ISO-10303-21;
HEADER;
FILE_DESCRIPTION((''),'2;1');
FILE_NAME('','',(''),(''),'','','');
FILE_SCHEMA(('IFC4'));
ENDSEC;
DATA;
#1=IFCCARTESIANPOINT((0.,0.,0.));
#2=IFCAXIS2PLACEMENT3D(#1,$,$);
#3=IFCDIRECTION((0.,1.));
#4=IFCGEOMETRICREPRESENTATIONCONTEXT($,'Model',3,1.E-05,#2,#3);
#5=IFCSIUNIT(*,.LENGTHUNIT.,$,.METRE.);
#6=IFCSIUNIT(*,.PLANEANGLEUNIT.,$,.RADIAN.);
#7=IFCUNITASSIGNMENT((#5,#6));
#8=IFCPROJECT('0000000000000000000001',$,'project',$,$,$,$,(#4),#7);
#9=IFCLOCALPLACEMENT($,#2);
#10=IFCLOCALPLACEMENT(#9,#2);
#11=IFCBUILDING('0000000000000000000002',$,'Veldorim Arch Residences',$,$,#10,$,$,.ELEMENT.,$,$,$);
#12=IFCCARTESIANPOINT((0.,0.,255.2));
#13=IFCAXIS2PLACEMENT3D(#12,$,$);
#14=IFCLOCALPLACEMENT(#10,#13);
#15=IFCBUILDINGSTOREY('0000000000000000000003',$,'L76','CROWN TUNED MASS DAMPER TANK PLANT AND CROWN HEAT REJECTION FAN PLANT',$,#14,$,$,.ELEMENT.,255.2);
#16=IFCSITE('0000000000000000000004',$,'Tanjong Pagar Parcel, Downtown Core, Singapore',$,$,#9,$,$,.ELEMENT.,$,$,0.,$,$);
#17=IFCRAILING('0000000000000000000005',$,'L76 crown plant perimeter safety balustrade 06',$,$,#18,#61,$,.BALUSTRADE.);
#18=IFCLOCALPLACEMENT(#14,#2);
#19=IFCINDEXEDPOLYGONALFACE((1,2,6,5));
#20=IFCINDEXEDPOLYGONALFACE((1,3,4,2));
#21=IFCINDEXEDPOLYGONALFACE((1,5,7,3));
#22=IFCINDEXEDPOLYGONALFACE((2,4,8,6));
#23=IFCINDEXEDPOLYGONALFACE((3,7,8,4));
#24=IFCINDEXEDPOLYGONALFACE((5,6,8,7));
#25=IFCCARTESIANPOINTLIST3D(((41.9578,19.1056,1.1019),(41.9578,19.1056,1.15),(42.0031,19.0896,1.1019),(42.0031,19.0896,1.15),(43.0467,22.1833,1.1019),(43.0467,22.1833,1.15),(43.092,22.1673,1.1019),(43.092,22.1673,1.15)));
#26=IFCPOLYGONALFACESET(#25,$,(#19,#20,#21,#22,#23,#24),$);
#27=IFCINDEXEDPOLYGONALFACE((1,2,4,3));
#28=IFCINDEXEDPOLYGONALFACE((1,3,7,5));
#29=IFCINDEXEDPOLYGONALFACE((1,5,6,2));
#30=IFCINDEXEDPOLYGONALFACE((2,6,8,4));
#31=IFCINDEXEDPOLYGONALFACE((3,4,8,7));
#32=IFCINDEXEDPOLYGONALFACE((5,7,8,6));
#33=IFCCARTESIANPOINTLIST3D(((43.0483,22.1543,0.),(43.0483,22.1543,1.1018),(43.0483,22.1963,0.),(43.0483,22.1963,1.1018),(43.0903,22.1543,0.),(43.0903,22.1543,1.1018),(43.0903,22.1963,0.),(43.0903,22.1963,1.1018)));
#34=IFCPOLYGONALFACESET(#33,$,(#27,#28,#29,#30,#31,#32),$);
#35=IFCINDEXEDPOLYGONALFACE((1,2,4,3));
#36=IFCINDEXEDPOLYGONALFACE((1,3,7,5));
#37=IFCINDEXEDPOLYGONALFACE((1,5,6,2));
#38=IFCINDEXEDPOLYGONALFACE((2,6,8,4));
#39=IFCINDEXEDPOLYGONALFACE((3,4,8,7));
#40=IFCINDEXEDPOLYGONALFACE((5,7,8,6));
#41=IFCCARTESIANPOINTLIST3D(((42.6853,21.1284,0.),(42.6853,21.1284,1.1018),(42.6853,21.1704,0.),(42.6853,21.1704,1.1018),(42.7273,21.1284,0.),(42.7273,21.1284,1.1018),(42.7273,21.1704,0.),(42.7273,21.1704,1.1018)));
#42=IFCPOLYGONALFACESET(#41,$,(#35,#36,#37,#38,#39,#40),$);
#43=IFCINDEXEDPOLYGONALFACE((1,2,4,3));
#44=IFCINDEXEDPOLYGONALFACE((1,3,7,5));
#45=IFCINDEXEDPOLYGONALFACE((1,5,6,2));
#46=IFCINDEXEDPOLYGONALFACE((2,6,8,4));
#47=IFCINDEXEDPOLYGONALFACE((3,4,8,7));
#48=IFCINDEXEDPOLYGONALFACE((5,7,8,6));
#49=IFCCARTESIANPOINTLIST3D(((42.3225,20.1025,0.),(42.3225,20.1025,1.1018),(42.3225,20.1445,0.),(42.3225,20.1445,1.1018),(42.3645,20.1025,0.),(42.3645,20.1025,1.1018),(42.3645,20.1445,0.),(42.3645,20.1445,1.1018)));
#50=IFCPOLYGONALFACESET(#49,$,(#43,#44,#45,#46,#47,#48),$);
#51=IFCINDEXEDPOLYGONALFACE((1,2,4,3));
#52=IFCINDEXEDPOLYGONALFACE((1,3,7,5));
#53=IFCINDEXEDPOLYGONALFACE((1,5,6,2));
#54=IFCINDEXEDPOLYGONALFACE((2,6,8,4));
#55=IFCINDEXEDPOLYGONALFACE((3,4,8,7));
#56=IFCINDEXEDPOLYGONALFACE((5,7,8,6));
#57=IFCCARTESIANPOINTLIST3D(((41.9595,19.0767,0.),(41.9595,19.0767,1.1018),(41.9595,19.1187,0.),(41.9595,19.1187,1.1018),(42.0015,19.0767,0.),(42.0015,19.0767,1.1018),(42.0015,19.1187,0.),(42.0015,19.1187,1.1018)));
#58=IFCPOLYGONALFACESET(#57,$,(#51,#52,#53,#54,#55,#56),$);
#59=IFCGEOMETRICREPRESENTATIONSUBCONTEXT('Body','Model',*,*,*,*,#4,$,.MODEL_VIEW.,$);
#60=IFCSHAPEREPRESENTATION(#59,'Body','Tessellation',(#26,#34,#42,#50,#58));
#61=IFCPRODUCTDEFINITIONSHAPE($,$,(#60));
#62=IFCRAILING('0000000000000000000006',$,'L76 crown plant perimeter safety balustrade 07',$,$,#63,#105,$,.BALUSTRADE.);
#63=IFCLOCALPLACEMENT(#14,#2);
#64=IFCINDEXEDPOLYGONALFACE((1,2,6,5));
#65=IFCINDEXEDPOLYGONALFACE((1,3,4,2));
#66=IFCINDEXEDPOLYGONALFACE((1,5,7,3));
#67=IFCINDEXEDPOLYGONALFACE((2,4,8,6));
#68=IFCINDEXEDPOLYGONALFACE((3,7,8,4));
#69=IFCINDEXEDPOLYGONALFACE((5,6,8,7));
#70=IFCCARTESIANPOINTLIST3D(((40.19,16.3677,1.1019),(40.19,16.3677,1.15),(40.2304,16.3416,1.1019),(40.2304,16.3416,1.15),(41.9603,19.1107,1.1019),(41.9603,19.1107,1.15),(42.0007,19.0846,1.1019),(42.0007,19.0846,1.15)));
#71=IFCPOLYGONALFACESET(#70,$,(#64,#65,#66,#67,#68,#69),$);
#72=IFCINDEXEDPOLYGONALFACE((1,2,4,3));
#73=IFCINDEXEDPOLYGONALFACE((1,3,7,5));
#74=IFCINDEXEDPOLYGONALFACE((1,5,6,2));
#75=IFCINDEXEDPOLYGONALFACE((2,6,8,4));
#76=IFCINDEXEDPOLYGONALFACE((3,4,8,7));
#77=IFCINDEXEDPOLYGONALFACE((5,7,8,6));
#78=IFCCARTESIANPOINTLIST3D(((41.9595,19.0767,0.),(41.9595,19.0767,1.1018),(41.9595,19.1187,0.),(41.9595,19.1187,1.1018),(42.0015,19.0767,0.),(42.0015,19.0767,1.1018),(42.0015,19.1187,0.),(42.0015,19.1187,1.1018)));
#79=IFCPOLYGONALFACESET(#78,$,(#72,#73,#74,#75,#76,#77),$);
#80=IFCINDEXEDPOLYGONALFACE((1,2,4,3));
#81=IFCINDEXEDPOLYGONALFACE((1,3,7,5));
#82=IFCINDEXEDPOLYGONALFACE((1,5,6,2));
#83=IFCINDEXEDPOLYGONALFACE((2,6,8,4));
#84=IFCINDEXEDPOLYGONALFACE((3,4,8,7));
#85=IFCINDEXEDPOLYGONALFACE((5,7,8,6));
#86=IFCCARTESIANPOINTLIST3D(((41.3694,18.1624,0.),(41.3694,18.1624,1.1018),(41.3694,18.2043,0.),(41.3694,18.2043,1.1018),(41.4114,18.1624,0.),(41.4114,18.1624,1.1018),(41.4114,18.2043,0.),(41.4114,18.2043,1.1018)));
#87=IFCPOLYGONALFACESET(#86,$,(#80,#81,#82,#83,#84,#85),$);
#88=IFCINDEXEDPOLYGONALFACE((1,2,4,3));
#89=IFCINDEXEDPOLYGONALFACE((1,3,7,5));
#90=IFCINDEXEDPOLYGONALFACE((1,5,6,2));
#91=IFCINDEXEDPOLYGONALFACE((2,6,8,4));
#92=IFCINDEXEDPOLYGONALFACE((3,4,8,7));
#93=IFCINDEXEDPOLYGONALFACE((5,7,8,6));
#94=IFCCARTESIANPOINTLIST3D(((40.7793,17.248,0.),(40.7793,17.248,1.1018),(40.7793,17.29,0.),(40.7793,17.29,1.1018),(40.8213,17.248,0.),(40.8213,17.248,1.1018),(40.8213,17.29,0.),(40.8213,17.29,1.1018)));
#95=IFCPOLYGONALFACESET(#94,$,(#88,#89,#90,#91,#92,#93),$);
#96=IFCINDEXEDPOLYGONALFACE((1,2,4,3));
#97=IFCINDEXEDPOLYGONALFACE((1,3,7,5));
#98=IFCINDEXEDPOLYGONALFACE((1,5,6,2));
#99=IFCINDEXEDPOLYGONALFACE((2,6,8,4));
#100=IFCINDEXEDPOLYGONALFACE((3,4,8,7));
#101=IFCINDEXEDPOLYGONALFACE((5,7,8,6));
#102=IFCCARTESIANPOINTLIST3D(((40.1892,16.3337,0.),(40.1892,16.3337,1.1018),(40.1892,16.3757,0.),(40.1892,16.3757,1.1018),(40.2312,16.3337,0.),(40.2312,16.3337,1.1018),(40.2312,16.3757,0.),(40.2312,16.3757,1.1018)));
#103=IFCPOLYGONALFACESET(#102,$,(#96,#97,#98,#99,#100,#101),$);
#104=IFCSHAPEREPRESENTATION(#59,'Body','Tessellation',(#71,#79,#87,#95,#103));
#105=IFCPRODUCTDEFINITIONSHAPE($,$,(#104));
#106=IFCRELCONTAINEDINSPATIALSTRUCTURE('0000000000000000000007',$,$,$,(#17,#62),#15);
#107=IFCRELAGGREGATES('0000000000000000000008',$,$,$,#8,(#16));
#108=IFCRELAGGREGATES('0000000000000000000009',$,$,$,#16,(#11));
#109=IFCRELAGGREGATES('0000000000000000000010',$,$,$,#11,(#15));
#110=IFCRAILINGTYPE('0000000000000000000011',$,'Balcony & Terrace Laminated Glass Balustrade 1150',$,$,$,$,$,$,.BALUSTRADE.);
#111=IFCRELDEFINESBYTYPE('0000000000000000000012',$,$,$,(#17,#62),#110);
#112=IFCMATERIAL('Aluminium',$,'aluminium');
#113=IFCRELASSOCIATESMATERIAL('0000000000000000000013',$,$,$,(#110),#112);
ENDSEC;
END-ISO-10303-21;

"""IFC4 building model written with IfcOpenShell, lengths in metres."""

from ifc_helpers import new_model, si_unit, direction, frame, origin, origin_2d, place, context, subcontext, project, spatial, rectangle, extrude, material, type_object, element, save


model = new_model("IFC4")

# Units and contexts
model_context = context("Model", 3, precision=1e-05, world=origin(), true_north=direction((0.0, 1.0)))
body_context = subcontext(model_context, "Body", "Model", "MODEL_VIEW")
ifc_project = project(units=[si_unit("LENGTHUNIT", "METRE"), si_unit("PLANEANGLEUNIT", "RADIAN")], contexts=[model_context])

# Site, building, storey
site_placement = place(None, origin())
site = spatial("IfcSite", under=ifc_project, at=site_placement, Name="Tanjong Pagar Parcel, Downtown Core, Singapore", CompositionType="ELEMENT", RefElevation=0.0)
building_placement = place(site_placement, origin())
building = spatial("IfcBuilding", under=site, at=building_placement, Name="Veldorim Arch Residences", CompositionType="ELEMENT")
storey_placement = place(building_placement, frame((0.0, 0.0, 255.2)))
storey = spatial("IfcBuildingStorey", under=building, at=storey_placement, Name="L76", Description="CROWN TUNED MASS DAMPER TANK PLANT AND CROWN HEAT REJECTION FAN PLANT", CompositionType="ELEMENT", Elevation=255.2)

# Railings
ifc_material_1 = material(Name="Aluminium", Category="aluminium")
railing_type = type_object("IfcRailingType", Name="Balcony & Terrace Laminated Glass Balustrade 1150", PredefinedType="BALUSTRADE", material=ifc_material_1)
railing_1_placement = place(storey_placement, frame((43.0693, 22.1753, 0.0)))
element("IfcRailing", 1, at=railing_1_placement, inside=storey, type_object=railing_type, Name="L76 crown plant perimeter safety balustrade 06", PredefinedType="BALUSTRADE", context=body_context, shape_type="SweptSolid", body=[
    extrude(rectangle(XDim=0.0481, YDim=0.0481, at=origin_2d()), frame((0.0, 0.0, 1.126), z_axis=(-0.33354, -0.942736, 0.0), x_axis=(0.942736, -0.33354, 0.0)), (0.0, 0.0, 1.0), 3.2646),
    extrude(rectangle(XDim=0.042, YDim=0.042, at=origin_2d()), origin(), (0.0, 0.0, 1.0), 1.1018),
    extrude(rectangle(XDim=0.042, YDim=0.042, at=origin_2d()), frame((-0.363, -1.0259, 0.0)), (0.0, 0.0, 1.0), 1.1018),
    extrude(rectangle(XDim=0.042, YDim=0.042, at=origin_2d()), frame((-0.7258, -2.0518, 0.0)), (0.0, 0.0, 1.0), 1.1018),
    extrude(rectangle(XDim=0.042, YDim=0.042, at=origin_2d()), frame((-1.0889, -3.0776, 0.0)), (0.0, 0.0, 1.0), 1.1018),
])
railing_2_placement = place(storey_placement, frame((41.9805, 19.0977, 0.0)))
element("IfcRailing", 2, at=railing_2_placement, inside=storey, type_object=railing_type, Name="L76 crown plant perimeter safety balustrade 07", PredefinedType="BALUSTRADE", context=body_context, shape_type="SweptSolid", body=[
    extrude(rectangle(XDim=0.0481, YDim=0.0481, at=origin_2d()), frame((0.0, 0.0, 1.126), z_axis=(-0.542265, -0.840208, 0.0), x_axis=(0.840208, -0.542265, 0.0)), (0.0, 0.0, 1.0), 3.2646),
    extrude(rectangle(XDim=0.042, YDim=0.042, at=origin_2d()), origin(), (0.0, 0.0, 1.0), 1.1018),
    extrude(rectangle(XDim=0.042, YDim=0.042, at=origin_2d()), frame((-0.5901, -0.9143, 0.0)), (0.0, 0.0, 1.0), 1.1018),
    extrude(rectangle(XDim=0.042, YDim=0.042, at=origin_2d()), frame((-1.1802, -1.8286, 0.0)), (0.0, 0.0, 1.0), 1.1018),
    extrude(rectangle(XDim=0.042, YDim=0.042, at=origin_2d()), frame((-1.7703, -2.7429, 0.0)), (0.0, 0.0, 1.0), 1.1018),
])

save(model, "model.ifc")
